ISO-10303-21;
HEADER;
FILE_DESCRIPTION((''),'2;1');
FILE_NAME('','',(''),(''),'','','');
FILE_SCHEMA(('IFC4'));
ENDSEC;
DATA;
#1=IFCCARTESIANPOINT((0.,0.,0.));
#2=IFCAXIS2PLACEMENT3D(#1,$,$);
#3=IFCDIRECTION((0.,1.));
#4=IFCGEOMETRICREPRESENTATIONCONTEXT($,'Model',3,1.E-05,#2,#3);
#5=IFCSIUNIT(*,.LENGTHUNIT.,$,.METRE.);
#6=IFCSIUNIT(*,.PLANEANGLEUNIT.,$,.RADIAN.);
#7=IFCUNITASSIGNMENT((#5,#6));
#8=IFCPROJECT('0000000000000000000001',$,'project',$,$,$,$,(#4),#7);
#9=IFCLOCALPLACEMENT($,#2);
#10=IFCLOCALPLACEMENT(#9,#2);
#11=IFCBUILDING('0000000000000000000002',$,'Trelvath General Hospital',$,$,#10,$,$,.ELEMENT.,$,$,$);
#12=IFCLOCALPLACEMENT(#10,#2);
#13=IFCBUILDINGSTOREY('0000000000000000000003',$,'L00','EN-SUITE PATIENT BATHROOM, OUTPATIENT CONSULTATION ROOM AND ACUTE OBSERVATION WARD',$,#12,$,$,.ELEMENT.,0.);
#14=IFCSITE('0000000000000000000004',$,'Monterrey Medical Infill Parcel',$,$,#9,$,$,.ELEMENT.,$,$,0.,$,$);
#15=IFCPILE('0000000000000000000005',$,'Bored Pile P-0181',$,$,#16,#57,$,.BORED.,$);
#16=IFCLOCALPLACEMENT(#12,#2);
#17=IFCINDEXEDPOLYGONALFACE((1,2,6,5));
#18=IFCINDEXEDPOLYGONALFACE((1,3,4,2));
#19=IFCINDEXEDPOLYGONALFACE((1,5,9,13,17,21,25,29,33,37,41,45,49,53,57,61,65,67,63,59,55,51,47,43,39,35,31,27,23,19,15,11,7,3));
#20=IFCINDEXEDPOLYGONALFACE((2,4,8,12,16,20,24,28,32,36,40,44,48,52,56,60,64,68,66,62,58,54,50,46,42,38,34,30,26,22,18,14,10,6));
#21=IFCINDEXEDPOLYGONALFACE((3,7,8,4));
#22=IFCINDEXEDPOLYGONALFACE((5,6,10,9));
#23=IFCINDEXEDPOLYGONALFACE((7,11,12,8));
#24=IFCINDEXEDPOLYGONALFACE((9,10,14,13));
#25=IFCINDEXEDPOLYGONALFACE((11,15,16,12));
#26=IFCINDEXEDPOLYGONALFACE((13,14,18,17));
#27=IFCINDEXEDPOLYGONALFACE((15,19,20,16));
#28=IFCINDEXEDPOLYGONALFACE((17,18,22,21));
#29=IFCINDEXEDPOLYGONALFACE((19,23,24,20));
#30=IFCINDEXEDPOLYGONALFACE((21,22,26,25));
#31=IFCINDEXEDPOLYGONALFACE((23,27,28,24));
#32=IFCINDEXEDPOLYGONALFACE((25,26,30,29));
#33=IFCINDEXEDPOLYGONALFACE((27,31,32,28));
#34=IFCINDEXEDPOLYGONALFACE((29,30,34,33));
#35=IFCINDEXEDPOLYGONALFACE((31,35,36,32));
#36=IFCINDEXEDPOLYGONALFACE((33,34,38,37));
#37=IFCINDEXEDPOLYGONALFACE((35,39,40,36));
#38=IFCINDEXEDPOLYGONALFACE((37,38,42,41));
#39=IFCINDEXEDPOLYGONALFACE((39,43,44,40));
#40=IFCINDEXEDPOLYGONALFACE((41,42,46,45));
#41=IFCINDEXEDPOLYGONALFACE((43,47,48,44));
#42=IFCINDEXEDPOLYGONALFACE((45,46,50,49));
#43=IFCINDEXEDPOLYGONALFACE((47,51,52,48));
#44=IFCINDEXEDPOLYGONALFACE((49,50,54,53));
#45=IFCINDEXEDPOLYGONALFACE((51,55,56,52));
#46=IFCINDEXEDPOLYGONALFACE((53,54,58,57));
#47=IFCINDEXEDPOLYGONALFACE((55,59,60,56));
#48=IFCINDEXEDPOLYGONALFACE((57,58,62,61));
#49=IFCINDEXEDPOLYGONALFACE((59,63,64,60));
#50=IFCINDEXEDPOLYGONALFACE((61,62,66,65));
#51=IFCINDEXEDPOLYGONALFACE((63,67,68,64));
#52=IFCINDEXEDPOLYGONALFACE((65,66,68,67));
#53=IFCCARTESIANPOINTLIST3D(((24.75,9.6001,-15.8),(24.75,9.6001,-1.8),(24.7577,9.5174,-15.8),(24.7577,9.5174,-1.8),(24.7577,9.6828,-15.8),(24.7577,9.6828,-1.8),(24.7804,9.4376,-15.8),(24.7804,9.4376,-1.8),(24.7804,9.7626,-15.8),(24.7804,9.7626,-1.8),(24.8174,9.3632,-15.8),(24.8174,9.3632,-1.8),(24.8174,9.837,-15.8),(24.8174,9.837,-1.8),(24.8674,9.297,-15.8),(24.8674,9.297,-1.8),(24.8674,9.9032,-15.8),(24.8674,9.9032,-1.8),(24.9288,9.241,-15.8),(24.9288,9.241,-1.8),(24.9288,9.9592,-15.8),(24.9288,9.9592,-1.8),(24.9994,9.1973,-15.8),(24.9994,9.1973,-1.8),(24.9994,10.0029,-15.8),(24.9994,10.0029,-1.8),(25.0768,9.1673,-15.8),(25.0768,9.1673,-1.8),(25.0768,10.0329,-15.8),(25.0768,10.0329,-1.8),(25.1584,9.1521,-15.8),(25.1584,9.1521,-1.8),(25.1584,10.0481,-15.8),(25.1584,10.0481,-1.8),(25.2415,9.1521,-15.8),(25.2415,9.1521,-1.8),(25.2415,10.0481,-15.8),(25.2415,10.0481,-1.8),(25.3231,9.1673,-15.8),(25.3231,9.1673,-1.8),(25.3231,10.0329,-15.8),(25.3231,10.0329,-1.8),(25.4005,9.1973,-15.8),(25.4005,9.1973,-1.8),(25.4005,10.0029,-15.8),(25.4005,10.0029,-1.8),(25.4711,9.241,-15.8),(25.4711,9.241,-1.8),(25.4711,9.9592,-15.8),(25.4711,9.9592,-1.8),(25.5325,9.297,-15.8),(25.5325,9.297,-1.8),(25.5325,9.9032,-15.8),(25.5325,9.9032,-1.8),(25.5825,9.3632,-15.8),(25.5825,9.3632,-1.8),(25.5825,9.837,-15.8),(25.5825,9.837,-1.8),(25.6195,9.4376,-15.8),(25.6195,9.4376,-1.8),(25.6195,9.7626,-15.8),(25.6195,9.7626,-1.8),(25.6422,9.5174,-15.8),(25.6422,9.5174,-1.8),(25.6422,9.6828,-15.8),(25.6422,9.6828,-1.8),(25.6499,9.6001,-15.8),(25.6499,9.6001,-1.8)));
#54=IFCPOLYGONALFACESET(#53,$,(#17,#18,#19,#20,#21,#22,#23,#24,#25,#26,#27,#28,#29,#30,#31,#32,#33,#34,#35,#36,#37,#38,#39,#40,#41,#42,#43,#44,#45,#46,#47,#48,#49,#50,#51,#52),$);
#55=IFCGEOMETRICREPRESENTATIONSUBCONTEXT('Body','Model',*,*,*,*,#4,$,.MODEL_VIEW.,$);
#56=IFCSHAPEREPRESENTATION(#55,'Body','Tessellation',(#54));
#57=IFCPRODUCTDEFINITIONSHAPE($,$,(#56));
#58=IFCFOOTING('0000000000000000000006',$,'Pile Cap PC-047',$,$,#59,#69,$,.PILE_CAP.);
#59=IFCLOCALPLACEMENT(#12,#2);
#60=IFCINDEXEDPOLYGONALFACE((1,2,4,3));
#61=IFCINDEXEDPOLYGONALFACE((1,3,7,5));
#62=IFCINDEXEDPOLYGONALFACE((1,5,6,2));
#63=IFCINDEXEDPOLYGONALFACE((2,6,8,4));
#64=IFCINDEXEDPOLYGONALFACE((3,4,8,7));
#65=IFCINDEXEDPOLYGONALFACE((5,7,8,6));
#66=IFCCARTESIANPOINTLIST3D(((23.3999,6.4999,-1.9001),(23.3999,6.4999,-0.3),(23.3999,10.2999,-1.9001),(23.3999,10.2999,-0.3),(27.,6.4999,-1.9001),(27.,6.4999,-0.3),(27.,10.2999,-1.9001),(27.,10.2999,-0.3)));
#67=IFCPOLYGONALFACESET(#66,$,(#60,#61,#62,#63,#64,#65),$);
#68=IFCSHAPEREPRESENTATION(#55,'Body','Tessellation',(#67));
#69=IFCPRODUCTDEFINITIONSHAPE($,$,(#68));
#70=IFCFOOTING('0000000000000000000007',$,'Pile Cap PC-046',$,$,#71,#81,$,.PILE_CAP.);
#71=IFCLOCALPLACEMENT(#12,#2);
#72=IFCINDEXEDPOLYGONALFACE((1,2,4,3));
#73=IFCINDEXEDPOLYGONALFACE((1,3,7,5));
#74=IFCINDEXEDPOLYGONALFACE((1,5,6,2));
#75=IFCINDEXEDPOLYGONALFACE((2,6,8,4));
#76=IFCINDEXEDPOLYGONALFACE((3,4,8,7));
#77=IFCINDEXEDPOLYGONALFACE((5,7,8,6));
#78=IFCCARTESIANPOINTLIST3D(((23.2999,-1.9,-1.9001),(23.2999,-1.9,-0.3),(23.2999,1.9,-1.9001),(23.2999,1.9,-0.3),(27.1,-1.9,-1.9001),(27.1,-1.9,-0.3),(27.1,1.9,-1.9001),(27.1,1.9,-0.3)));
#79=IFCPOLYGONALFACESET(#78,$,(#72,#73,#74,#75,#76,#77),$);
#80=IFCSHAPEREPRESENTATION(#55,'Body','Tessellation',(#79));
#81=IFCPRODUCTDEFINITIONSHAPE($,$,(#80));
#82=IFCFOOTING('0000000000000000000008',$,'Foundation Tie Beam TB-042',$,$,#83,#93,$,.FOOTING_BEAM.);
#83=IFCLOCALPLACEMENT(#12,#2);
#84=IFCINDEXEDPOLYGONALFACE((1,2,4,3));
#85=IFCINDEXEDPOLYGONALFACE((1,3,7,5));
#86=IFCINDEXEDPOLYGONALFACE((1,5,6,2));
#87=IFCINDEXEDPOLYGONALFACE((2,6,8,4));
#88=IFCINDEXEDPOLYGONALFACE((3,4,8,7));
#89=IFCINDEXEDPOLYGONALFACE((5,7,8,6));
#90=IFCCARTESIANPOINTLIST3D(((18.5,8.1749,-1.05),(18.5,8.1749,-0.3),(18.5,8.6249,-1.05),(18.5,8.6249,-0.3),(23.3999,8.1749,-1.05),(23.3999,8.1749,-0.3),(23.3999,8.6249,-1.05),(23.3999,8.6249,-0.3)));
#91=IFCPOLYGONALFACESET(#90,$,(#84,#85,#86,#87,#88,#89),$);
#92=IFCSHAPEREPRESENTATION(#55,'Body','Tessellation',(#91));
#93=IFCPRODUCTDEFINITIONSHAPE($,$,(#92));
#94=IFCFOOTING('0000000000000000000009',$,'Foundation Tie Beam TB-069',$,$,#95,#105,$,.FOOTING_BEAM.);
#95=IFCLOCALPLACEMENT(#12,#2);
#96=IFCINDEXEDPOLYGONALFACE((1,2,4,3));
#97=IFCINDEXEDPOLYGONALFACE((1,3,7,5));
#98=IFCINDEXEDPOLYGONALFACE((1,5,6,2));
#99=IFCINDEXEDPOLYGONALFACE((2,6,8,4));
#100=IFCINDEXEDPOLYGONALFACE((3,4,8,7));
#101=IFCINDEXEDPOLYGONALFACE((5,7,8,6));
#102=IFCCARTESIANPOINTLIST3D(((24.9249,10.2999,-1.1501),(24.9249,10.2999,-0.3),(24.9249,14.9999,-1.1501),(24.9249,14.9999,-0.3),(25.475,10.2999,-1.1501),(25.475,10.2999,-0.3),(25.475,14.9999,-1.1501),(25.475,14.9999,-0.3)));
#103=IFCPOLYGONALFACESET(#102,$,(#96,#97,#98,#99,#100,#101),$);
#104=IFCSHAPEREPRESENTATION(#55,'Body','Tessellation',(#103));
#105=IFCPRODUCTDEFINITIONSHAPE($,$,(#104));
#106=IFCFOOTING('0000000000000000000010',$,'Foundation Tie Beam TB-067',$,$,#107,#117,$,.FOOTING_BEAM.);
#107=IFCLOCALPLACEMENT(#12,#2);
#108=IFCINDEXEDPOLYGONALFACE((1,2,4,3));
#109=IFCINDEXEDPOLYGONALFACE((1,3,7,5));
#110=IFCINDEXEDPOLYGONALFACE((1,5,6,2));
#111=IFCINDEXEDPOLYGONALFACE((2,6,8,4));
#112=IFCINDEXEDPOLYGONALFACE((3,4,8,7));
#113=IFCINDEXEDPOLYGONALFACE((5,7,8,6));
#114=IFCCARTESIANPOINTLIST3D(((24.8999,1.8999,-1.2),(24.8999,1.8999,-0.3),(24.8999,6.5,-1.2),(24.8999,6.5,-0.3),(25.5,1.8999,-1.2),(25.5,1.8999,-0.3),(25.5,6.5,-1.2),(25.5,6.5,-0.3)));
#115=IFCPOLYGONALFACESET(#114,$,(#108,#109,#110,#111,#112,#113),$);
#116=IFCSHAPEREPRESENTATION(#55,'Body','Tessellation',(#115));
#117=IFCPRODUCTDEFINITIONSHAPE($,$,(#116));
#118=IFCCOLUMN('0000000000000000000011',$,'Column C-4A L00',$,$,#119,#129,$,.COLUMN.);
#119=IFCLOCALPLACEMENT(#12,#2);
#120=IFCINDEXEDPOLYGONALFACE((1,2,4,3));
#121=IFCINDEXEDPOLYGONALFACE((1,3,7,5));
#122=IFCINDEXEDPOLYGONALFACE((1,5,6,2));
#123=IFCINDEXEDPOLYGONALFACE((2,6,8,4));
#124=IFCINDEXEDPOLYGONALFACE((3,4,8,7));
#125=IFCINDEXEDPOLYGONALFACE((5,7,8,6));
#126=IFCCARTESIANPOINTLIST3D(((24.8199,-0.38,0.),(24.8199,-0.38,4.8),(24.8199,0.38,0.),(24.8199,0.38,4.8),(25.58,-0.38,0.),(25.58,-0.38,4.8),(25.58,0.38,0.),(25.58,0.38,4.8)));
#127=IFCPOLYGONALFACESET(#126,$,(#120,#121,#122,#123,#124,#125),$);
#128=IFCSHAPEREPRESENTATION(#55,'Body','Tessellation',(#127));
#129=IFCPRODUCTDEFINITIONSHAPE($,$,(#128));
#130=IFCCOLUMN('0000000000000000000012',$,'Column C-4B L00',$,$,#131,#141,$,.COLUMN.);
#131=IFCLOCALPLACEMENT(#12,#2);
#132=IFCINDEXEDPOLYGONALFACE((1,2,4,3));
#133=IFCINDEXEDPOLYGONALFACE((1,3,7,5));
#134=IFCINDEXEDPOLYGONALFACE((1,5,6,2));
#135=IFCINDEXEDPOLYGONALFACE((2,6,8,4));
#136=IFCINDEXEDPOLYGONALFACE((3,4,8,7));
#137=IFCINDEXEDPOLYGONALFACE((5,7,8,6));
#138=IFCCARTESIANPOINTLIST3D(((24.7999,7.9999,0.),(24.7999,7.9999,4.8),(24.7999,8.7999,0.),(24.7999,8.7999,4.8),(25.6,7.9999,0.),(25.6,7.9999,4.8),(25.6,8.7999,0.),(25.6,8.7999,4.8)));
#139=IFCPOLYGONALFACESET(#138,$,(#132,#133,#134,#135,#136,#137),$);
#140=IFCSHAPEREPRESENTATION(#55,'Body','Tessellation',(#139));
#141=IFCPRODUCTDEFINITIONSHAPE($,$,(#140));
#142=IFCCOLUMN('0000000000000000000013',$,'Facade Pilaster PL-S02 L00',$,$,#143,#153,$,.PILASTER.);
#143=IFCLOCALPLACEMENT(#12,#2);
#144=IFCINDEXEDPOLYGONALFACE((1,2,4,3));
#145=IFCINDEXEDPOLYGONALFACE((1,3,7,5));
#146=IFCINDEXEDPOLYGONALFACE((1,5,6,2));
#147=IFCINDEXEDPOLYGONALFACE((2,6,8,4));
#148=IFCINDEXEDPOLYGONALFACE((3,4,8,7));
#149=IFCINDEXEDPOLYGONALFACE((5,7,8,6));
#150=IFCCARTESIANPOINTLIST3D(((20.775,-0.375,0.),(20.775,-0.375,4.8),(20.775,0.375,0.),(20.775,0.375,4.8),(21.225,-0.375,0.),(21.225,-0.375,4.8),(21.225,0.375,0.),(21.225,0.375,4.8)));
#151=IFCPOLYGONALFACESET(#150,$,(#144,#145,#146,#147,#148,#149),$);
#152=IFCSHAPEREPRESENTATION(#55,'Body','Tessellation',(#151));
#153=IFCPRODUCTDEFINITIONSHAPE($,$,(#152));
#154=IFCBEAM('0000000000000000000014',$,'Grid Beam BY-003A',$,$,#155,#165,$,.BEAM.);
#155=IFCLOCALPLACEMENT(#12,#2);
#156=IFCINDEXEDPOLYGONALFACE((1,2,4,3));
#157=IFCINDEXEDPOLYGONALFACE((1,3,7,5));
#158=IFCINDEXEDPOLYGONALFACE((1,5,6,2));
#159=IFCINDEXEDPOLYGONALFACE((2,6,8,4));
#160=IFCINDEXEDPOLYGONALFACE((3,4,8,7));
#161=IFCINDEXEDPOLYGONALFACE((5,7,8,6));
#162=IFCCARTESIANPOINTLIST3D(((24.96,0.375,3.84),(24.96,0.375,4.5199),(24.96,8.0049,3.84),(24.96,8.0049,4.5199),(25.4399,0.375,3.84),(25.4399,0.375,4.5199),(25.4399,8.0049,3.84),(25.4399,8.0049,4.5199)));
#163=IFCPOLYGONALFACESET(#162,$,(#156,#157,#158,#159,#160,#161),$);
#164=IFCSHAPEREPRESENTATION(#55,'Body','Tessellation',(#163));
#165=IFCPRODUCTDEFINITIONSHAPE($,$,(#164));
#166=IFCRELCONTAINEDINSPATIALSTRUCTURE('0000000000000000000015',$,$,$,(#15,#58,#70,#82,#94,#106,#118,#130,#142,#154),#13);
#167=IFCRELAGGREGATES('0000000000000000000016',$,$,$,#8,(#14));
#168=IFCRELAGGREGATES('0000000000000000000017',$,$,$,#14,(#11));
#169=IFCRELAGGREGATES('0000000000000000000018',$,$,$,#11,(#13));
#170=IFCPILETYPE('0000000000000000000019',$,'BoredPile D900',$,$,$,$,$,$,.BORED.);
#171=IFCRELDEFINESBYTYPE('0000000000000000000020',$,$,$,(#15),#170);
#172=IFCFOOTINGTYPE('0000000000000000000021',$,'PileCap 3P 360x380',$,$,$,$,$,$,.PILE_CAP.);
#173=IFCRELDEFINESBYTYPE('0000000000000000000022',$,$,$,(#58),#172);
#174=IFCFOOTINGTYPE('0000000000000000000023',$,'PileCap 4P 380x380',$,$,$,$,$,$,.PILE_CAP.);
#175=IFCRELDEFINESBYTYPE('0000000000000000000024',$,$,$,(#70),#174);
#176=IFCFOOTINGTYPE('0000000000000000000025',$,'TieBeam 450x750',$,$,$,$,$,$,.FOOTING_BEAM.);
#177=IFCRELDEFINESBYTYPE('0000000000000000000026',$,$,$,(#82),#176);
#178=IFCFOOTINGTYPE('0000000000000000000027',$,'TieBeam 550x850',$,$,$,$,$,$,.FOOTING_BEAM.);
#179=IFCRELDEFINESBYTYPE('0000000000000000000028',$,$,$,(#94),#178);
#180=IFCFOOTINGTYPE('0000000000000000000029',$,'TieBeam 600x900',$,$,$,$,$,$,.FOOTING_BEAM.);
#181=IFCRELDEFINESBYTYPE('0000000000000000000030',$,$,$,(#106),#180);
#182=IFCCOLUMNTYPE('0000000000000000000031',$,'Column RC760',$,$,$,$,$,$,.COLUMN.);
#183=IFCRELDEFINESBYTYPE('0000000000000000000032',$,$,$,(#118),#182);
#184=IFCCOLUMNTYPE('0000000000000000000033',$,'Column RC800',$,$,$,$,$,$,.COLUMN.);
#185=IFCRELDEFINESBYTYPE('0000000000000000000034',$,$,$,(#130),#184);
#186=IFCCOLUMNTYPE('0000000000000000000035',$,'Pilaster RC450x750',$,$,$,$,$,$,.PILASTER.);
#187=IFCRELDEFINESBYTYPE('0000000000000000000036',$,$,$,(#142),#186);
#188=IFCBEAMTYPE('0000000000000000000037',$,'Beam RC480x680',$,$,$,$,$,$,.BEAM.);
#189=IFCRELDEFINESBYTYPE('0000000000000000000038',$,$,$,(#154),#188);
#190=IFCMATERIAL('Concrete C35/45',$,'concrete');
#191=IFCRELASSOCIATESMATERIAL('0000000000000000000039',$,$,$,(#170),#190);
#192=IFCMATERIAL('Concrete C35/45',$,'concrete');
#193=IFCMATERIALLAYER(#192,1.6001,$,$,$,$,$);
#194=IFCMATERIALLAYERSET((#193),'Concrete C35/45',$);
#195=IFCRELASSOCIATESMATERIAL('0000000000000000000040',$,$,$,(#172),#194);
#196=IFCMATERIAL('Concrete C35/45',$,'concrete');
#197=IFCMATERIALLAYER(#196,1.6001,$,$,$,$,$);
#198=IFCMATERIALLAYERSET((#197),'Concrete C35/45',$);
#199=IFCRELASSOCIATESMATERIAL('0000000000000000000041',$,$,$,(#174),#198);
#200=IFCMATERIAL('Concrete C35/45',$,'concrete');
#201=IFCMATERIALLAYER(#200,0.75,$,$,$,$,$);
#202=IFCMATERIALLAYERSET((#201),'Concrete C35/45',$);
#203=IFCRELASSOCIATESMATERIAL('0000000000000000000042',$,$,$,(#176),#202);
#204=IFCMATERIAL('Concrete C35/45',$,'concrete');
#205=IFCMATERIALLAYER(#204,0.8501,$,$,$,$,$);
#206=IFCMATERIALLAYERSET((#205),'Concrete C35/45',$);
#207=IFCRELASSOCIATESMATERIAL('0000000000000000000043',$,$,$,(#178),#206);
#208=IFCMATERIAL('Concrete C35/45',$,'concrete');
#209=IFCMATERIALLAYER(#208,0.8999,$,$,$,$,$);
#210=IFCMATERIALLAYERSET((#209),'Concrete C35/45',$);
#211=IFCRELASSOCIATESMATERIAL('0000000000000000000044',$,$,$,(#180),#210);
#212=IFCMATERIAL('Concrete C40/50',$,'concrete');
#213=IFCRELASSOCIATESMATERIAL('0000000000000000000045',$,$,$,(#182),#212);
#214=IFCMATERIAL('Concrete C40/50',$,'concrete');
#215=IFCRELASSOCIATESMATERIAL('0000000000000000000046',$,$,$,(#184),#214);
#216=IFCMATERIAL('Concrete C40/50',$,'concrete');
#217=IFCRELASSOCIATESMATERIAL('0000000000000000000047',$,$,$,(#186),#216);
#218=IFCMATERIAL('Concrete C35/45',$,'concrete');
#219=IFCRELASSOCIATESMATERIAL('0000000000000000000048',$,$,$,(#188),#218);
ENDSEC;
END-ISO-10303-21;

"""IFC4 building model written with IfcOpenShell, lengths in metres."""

from ifc_helpers import new_model, si_unit, direction, frame, origin, origin_2d, place, context, subcontext, project, spatial, rectangle, circle, extrude, material, layer, layer_set, material_profile, profile_set, type_object, element, save


model = new_model("IFC4")

# Units and contexts
model_context = context("Model", 3, precision=1e-05, world=origin(), true_north=direction((0.0, 1.0)))
body_context = subcontext(model_context, "Body", "Model", "MODEL_VIEW")
ifc_project = project(units=[si_unit("LENGTHUNIT", "METRE"), si_unit("PLANEANGLEUNIT", "RADIAN")], contexts=[model_context])

# Site, building, storey
site_placement = place(None, origin())
site = spatial("IfcSite", under=ifc_project, at=site_placement, Name="Monterrey Medical Infill Parcel", CompositionType="ELEMENT", RefElevation=0.0)
building_placement = place(site_placement, origin())
building = spatial("IfcBuilding", under=site, at=building_placement, Name="Trelvath General Hospital", CompositionType="ELEMENT")
storey_placement = place(building_placement, origin())
storey = spatial("IfcBuildingStorey", under=building, at=storey_placement, Name="L00", Description="EN-SUITE PATIENT BATHROOM, OUTPATIENT CONSULTATION ROOM AND ACUTE OBSERVATION WARD", CompositionType="ELEMENT", Elevation=0.0)

# Pile
ifc_material_1 = material(Name="Concrete C35/45", Category="concrete")
ifc_material_profile_1 = material_profile(ifc_material_1, circle(Radius=0.45, at=origin_2d()), Name="PILE900")
ifc_profile_set_1 = profile_set([ifc_material_profile_1], Name="Concrete C35/45")
pile_type = type_object("IfcPileType", Name="BoredPile D900", PredefinedType="BORED", material=ifc_profile_set_1)
for number, where, z_axis, x_axis, name in (
    (1, (25.2, 9.6001, -1.8), (0.0, 0.0, -1.0), (1.0, 0.0, 0.0), "Bored Pile P-0181"),
):
    element("IfcPile", number, at=place(storey_placement, frame(where, z_axis=z_axis, x_axis=x_axis)), inside=storey, type_object=pile_type, Name=name, PredefinedType="BORED", context=body_context, shape_type="SweptSolid", body=[
        extrude(circle(Radius=0.45, at=origin_2d()), origin(), (0.0, 0.0, 1.0), 14.0),
    ])

# Footings
ifc_material_2 = material(Name="Concrete C35/45", Category="concrete")
ifc_layer_1 = layer(ifc_material_2, 1.6001)
ifc_layer_set_1 = layer_set([ifc_layer_1], Name="Concrete C35/45")
footing_type_1 = type_object("IfcFootingType", Name="PileCap 3P 360x380", PredefinedType="PILE_CAP", material=ifc_layer_set_1)
footing_1_placement = place(storey_placement, frame((25.2, 8.3999, -1.9001), z_axis=(0.0, 0.0, 1.0), x_axis=(1.0, 0.0, 0.0)))
element("IfcFooting", 2, at=footing_1_placement, inside=storey, type_object=footing_type_1, Name="Pile Cap PC-047", PredefinedType="PILE_CAP", context=body_context, shape_type="SweptSolid", body=[
    extrude(rectangle(XDim=3.6001, YDim=3.8, at=origin_2d()), origin(), (0.0, 0.0, 1.0), 1.6001),
])
ifc_material_3 = material(Name="Concrete C35/45", Category="concrete")
ifc_layer_2 = layer(ifc_material_3, 1.6001)
ifc_layer_set_2 = layer_set([ifc_layer_2], Name="Concrete C35/45")
footing_type_2 = type_object("IfcFootingType", Name="PileCap 4P 380x380", PredefinedType="PILE_CAP", material=ifc_layer_set_2)
footing_2_placement = place(storey_placement, frame((25.2, 0.0, -1.9001), z_axis=(0.0, 0.0, 1.0), x_axis=(1.0, 0.0, 0.0)))
element("IfcFooting", 3, at=footing_2_placement, inside=storey, type_object=footing_type_2, Name="Pile Cap PC-046", PredefinedType="PILE_CAP", context=body_context, shape_type="SweptSolid", body=[
    extrude(rectangle(XDim=3.8, YDim=3.8, at=origin_2d()), origin(), (0.0, 0.0, 1.0), 1.6001),
])
ifc_material_4 = material(Name="Concrete C35/45", Category="concrete")
ifc_layer_3 = layer(ifc_material_4, 0.75)
ifc_layer_set_3 = layer_set([ifc_layer_3], Name="Concrete C35/45")
footing_type_3 = type_object("IfcFootingType", Name="TieBeam 450x750", PredefinedType="FOOTING_BEAM", material=ifc_layer_set_3)
footing_3_placement = place(storey_placement, frame((20.95, 8.3999, -1.05), z_axis=(0.0, 0.0, 1.0), x_axis=(1.0, 0.0, 0.0)))
element("IfcFooting", 4, at=footing_3_placement, inside=storey, type_object=footing_type_3, Name="Foundation Tie Beam TB-042", PredefinedType="FOOTING_BEAM", context=body_context, shape_type="SweptSolid", body=[
    extrude(rectangle(XDim=4.8999, YDim=0.45, at=origin_2d()), origin(), (0.0, 0.0, 1.0), 0.75),
])
ifc_material_5 = material(Name="Concrete C35/45", Category="concrete")
ifc_layer_4 = layer(ifc_material_5, 0.8501)
ifc_layer_set_4 = layer_set([ifc_layer_4], Name="Concrete C35/45")
footing_type_4 = type_object("IfcFootingType", Name="TieBeam 550x850", PredefinedType="FOOTING_BEAM", material=ifc_layer_set_4)
footing_4_placement = place(storey_placement, frame((25.2, 12.6499, -1.1501), z_axis=(0.0, 0.0, 1.0), x_axis=(1.0, 0.0, 0.0)))
element("IfcFooting", 5, at=footing_4_placement, inside=storey, type_object=footing_type_4, Name="Foundation Tie Beam TB-069", PredefinedType="FOOTING_BEAM", context=body_context, shape_type="SweptSolid", body=[
    extrude(rectangle(XDim=0.55, YDim=4.7, at=origin_2d()), origin(), (0.0, 0.0, 1.0), 0.8501),
])
ifc_material_6 = material(Name="Concrete C35/45", Category="concrete")
ifc_layer_5 = layer(ifc_material_6, 0.8999)
ifc_layer_set_5 = layer_set([ifc_layer_5], Name="Concrete C35/45")
footing_type_5 = type_object("IfcFootingType", Name="TieBeam 600x900", PredefinedType="FOOTING_BEAM", material=ifc_layer_set_5)
footing_5_placement = place(storey_placement, frame((25.2, 4.2, -1.2), z_axis=(0.0, 0.0, 1.0), x_axis=(1.0, 0.0, 0.0)))
element("IfcFooting", 6, at=footing_5_placement, inside=storey, type_object=footing_type_5, Name="Foundation Tie Beam TB-067", PredefinedType="FOOTING_BEAM", context=body_context, shape_type="SweptSolid", body=[
    extrude(rectangle(XDim=0.6001, YDim=4.6001, at=origin_2d()), origin(), (0.0, 0.0, 1.0), 0.8999),
])

# Columns
ifc_material_7 = material(Name="Concrete C40/50", Category="concrete")
ifc_material_profile_2 = material_profile(ifc_material_7, rectangle(XDim=0.76, YDim=0.76, at=origin_2d()), Name="RC760x760")
ifc_profile_set_2 = profile_set([ifc_material_profile_2], Name="Concrete C40/50")
column_type_1 = type_object("IfcColumnType", Name="Column RC760", PredefinedType="COLUMN", material=ifc_profile_set_2)
column_1_placement = place(storey_placement, frame((25.2, 0.0, 0.0), z_axis=(0.0, 0.0, 1.0), x_axis=(1.0, 0.0, 0.0)))
element("IfcColumn", 7, at=column_1_placement, inside=storey, type_object=column_type_1, Name="Column C-4A L00", PredefinedType="COLUMN", context=body_context, shape_type="SweptSolid", body=[
    extrude(rectangle(XDim=0.76, YDim=0.76, at=origin_2d()), origin(), (0.0, 0.0, 1.0), 4.8),
])
ifc_material_8 = material(Name="Concrete C40/50", Category="concrete")
ifc_material_profile_3 = material_profile(ifc_material_8, rectangle(XDim=0.8, YDim=0.8, at=origin_2d()), Name="RC800x800")
ifc_profile_set_3 = profile_set([ifc_material_profile_3], Name="Concrete C40/50")
column_type_2 = type_object("IfcColumnType", Name="Column RC800", PredefinedType="COLUMN", material=ifc_profile_set_3)
column_2_placement = place(storey_placement, frame((25.2, 8.3999, 0.0), z_axis=(0.0, 0.0, 1.0), x_axis=(1.0, 0.0, 0.0)))
element("IfcColumn", 8, at=column_2_placement, inside=storey, type_object=column_type_2, Name="Column C-4B L00", PredefinedType="COLUMN", context=body_context, shape_type="SweptSolid", body=[
    extrude(rectangle(XDim=0.8, YDim=0.8, at=origin_2d()), origin(), (0.0, 0.0, 1.0), 4.8),
])
ifc_material_9 = material(Name="Concrete C40/50", Category="concrete")
ifc_material_profile_4 = material_profile(ifc_material_9, rectangle(XDim=0.45, YDim=0.75, at=origin_2d()), Name="RC450x750")
ifc_profile_set_4 = profile_set([ifc_material_profile_4], Name="Concrete C40/50")
column_type_3 = type_object("IfcColumnType", Name="Pilaster RC450x750", PredefinedType="PILASTER", material=ifc_profile_set_4)
column_3_placement = place(storey_placement, frame((21.0, 0.0, 0.0), z_axis=(0.0, 0.0, 1.0), x_axis=(1.0, 0.0, 0.0)))
element("IfcColumn", 9, at=column_3_placement, inside=storey, type_object=column_type_3, Name="Facade Pilaster PL-S02 L00", PredefinedType="PILASTER", context=body_context, shape_type="SweptSolid", body=[
    extrude(rectangle(XDim=0.45, YDim=0.75, at=origin_2d()), origin(), (0.0, 0.0, 1.0), 4.8),
])

# Beam
ifc_material_10 = material(Name="Concrete C35/45", Category="concrete")
ifc_material_profile_5 = material_profile(ifc_material_10, rectangle(XDim=0.48, YDim=0.6799, at=origin_2d()), Name="RCB480x680")
ifc_profile_set_5 = profile_set([ifc_material_profile_5], Name="Concrete C35/45")
beam_type = type_object("IfcBeamType", Name="Beam RC480x680", PredefinedType="BEAM", material=ifc_profile_set_5)
beam_1_placement = place(storey_placement, frame((25.2, 0.375, 4.1799), z_axis=(0.0, 1.0, 0.0), x_axis=(-1.0, 0.0, 0.0)))
element("IfcBeam", 10, at=beam_1_placement, inside=storey, type_object=beam_type, Name="Grid Beam BY-003A", PredefinedType="BEAM", context=body_context, shape_type="SweptSolid", body=[
    extrude(rectangle(XDim=0.48, YDim=0.6799, at=origin_2d()), origin(), (0.0, 0.0, 1.0), 7.6299),
])

save(model, "model.ifc")
